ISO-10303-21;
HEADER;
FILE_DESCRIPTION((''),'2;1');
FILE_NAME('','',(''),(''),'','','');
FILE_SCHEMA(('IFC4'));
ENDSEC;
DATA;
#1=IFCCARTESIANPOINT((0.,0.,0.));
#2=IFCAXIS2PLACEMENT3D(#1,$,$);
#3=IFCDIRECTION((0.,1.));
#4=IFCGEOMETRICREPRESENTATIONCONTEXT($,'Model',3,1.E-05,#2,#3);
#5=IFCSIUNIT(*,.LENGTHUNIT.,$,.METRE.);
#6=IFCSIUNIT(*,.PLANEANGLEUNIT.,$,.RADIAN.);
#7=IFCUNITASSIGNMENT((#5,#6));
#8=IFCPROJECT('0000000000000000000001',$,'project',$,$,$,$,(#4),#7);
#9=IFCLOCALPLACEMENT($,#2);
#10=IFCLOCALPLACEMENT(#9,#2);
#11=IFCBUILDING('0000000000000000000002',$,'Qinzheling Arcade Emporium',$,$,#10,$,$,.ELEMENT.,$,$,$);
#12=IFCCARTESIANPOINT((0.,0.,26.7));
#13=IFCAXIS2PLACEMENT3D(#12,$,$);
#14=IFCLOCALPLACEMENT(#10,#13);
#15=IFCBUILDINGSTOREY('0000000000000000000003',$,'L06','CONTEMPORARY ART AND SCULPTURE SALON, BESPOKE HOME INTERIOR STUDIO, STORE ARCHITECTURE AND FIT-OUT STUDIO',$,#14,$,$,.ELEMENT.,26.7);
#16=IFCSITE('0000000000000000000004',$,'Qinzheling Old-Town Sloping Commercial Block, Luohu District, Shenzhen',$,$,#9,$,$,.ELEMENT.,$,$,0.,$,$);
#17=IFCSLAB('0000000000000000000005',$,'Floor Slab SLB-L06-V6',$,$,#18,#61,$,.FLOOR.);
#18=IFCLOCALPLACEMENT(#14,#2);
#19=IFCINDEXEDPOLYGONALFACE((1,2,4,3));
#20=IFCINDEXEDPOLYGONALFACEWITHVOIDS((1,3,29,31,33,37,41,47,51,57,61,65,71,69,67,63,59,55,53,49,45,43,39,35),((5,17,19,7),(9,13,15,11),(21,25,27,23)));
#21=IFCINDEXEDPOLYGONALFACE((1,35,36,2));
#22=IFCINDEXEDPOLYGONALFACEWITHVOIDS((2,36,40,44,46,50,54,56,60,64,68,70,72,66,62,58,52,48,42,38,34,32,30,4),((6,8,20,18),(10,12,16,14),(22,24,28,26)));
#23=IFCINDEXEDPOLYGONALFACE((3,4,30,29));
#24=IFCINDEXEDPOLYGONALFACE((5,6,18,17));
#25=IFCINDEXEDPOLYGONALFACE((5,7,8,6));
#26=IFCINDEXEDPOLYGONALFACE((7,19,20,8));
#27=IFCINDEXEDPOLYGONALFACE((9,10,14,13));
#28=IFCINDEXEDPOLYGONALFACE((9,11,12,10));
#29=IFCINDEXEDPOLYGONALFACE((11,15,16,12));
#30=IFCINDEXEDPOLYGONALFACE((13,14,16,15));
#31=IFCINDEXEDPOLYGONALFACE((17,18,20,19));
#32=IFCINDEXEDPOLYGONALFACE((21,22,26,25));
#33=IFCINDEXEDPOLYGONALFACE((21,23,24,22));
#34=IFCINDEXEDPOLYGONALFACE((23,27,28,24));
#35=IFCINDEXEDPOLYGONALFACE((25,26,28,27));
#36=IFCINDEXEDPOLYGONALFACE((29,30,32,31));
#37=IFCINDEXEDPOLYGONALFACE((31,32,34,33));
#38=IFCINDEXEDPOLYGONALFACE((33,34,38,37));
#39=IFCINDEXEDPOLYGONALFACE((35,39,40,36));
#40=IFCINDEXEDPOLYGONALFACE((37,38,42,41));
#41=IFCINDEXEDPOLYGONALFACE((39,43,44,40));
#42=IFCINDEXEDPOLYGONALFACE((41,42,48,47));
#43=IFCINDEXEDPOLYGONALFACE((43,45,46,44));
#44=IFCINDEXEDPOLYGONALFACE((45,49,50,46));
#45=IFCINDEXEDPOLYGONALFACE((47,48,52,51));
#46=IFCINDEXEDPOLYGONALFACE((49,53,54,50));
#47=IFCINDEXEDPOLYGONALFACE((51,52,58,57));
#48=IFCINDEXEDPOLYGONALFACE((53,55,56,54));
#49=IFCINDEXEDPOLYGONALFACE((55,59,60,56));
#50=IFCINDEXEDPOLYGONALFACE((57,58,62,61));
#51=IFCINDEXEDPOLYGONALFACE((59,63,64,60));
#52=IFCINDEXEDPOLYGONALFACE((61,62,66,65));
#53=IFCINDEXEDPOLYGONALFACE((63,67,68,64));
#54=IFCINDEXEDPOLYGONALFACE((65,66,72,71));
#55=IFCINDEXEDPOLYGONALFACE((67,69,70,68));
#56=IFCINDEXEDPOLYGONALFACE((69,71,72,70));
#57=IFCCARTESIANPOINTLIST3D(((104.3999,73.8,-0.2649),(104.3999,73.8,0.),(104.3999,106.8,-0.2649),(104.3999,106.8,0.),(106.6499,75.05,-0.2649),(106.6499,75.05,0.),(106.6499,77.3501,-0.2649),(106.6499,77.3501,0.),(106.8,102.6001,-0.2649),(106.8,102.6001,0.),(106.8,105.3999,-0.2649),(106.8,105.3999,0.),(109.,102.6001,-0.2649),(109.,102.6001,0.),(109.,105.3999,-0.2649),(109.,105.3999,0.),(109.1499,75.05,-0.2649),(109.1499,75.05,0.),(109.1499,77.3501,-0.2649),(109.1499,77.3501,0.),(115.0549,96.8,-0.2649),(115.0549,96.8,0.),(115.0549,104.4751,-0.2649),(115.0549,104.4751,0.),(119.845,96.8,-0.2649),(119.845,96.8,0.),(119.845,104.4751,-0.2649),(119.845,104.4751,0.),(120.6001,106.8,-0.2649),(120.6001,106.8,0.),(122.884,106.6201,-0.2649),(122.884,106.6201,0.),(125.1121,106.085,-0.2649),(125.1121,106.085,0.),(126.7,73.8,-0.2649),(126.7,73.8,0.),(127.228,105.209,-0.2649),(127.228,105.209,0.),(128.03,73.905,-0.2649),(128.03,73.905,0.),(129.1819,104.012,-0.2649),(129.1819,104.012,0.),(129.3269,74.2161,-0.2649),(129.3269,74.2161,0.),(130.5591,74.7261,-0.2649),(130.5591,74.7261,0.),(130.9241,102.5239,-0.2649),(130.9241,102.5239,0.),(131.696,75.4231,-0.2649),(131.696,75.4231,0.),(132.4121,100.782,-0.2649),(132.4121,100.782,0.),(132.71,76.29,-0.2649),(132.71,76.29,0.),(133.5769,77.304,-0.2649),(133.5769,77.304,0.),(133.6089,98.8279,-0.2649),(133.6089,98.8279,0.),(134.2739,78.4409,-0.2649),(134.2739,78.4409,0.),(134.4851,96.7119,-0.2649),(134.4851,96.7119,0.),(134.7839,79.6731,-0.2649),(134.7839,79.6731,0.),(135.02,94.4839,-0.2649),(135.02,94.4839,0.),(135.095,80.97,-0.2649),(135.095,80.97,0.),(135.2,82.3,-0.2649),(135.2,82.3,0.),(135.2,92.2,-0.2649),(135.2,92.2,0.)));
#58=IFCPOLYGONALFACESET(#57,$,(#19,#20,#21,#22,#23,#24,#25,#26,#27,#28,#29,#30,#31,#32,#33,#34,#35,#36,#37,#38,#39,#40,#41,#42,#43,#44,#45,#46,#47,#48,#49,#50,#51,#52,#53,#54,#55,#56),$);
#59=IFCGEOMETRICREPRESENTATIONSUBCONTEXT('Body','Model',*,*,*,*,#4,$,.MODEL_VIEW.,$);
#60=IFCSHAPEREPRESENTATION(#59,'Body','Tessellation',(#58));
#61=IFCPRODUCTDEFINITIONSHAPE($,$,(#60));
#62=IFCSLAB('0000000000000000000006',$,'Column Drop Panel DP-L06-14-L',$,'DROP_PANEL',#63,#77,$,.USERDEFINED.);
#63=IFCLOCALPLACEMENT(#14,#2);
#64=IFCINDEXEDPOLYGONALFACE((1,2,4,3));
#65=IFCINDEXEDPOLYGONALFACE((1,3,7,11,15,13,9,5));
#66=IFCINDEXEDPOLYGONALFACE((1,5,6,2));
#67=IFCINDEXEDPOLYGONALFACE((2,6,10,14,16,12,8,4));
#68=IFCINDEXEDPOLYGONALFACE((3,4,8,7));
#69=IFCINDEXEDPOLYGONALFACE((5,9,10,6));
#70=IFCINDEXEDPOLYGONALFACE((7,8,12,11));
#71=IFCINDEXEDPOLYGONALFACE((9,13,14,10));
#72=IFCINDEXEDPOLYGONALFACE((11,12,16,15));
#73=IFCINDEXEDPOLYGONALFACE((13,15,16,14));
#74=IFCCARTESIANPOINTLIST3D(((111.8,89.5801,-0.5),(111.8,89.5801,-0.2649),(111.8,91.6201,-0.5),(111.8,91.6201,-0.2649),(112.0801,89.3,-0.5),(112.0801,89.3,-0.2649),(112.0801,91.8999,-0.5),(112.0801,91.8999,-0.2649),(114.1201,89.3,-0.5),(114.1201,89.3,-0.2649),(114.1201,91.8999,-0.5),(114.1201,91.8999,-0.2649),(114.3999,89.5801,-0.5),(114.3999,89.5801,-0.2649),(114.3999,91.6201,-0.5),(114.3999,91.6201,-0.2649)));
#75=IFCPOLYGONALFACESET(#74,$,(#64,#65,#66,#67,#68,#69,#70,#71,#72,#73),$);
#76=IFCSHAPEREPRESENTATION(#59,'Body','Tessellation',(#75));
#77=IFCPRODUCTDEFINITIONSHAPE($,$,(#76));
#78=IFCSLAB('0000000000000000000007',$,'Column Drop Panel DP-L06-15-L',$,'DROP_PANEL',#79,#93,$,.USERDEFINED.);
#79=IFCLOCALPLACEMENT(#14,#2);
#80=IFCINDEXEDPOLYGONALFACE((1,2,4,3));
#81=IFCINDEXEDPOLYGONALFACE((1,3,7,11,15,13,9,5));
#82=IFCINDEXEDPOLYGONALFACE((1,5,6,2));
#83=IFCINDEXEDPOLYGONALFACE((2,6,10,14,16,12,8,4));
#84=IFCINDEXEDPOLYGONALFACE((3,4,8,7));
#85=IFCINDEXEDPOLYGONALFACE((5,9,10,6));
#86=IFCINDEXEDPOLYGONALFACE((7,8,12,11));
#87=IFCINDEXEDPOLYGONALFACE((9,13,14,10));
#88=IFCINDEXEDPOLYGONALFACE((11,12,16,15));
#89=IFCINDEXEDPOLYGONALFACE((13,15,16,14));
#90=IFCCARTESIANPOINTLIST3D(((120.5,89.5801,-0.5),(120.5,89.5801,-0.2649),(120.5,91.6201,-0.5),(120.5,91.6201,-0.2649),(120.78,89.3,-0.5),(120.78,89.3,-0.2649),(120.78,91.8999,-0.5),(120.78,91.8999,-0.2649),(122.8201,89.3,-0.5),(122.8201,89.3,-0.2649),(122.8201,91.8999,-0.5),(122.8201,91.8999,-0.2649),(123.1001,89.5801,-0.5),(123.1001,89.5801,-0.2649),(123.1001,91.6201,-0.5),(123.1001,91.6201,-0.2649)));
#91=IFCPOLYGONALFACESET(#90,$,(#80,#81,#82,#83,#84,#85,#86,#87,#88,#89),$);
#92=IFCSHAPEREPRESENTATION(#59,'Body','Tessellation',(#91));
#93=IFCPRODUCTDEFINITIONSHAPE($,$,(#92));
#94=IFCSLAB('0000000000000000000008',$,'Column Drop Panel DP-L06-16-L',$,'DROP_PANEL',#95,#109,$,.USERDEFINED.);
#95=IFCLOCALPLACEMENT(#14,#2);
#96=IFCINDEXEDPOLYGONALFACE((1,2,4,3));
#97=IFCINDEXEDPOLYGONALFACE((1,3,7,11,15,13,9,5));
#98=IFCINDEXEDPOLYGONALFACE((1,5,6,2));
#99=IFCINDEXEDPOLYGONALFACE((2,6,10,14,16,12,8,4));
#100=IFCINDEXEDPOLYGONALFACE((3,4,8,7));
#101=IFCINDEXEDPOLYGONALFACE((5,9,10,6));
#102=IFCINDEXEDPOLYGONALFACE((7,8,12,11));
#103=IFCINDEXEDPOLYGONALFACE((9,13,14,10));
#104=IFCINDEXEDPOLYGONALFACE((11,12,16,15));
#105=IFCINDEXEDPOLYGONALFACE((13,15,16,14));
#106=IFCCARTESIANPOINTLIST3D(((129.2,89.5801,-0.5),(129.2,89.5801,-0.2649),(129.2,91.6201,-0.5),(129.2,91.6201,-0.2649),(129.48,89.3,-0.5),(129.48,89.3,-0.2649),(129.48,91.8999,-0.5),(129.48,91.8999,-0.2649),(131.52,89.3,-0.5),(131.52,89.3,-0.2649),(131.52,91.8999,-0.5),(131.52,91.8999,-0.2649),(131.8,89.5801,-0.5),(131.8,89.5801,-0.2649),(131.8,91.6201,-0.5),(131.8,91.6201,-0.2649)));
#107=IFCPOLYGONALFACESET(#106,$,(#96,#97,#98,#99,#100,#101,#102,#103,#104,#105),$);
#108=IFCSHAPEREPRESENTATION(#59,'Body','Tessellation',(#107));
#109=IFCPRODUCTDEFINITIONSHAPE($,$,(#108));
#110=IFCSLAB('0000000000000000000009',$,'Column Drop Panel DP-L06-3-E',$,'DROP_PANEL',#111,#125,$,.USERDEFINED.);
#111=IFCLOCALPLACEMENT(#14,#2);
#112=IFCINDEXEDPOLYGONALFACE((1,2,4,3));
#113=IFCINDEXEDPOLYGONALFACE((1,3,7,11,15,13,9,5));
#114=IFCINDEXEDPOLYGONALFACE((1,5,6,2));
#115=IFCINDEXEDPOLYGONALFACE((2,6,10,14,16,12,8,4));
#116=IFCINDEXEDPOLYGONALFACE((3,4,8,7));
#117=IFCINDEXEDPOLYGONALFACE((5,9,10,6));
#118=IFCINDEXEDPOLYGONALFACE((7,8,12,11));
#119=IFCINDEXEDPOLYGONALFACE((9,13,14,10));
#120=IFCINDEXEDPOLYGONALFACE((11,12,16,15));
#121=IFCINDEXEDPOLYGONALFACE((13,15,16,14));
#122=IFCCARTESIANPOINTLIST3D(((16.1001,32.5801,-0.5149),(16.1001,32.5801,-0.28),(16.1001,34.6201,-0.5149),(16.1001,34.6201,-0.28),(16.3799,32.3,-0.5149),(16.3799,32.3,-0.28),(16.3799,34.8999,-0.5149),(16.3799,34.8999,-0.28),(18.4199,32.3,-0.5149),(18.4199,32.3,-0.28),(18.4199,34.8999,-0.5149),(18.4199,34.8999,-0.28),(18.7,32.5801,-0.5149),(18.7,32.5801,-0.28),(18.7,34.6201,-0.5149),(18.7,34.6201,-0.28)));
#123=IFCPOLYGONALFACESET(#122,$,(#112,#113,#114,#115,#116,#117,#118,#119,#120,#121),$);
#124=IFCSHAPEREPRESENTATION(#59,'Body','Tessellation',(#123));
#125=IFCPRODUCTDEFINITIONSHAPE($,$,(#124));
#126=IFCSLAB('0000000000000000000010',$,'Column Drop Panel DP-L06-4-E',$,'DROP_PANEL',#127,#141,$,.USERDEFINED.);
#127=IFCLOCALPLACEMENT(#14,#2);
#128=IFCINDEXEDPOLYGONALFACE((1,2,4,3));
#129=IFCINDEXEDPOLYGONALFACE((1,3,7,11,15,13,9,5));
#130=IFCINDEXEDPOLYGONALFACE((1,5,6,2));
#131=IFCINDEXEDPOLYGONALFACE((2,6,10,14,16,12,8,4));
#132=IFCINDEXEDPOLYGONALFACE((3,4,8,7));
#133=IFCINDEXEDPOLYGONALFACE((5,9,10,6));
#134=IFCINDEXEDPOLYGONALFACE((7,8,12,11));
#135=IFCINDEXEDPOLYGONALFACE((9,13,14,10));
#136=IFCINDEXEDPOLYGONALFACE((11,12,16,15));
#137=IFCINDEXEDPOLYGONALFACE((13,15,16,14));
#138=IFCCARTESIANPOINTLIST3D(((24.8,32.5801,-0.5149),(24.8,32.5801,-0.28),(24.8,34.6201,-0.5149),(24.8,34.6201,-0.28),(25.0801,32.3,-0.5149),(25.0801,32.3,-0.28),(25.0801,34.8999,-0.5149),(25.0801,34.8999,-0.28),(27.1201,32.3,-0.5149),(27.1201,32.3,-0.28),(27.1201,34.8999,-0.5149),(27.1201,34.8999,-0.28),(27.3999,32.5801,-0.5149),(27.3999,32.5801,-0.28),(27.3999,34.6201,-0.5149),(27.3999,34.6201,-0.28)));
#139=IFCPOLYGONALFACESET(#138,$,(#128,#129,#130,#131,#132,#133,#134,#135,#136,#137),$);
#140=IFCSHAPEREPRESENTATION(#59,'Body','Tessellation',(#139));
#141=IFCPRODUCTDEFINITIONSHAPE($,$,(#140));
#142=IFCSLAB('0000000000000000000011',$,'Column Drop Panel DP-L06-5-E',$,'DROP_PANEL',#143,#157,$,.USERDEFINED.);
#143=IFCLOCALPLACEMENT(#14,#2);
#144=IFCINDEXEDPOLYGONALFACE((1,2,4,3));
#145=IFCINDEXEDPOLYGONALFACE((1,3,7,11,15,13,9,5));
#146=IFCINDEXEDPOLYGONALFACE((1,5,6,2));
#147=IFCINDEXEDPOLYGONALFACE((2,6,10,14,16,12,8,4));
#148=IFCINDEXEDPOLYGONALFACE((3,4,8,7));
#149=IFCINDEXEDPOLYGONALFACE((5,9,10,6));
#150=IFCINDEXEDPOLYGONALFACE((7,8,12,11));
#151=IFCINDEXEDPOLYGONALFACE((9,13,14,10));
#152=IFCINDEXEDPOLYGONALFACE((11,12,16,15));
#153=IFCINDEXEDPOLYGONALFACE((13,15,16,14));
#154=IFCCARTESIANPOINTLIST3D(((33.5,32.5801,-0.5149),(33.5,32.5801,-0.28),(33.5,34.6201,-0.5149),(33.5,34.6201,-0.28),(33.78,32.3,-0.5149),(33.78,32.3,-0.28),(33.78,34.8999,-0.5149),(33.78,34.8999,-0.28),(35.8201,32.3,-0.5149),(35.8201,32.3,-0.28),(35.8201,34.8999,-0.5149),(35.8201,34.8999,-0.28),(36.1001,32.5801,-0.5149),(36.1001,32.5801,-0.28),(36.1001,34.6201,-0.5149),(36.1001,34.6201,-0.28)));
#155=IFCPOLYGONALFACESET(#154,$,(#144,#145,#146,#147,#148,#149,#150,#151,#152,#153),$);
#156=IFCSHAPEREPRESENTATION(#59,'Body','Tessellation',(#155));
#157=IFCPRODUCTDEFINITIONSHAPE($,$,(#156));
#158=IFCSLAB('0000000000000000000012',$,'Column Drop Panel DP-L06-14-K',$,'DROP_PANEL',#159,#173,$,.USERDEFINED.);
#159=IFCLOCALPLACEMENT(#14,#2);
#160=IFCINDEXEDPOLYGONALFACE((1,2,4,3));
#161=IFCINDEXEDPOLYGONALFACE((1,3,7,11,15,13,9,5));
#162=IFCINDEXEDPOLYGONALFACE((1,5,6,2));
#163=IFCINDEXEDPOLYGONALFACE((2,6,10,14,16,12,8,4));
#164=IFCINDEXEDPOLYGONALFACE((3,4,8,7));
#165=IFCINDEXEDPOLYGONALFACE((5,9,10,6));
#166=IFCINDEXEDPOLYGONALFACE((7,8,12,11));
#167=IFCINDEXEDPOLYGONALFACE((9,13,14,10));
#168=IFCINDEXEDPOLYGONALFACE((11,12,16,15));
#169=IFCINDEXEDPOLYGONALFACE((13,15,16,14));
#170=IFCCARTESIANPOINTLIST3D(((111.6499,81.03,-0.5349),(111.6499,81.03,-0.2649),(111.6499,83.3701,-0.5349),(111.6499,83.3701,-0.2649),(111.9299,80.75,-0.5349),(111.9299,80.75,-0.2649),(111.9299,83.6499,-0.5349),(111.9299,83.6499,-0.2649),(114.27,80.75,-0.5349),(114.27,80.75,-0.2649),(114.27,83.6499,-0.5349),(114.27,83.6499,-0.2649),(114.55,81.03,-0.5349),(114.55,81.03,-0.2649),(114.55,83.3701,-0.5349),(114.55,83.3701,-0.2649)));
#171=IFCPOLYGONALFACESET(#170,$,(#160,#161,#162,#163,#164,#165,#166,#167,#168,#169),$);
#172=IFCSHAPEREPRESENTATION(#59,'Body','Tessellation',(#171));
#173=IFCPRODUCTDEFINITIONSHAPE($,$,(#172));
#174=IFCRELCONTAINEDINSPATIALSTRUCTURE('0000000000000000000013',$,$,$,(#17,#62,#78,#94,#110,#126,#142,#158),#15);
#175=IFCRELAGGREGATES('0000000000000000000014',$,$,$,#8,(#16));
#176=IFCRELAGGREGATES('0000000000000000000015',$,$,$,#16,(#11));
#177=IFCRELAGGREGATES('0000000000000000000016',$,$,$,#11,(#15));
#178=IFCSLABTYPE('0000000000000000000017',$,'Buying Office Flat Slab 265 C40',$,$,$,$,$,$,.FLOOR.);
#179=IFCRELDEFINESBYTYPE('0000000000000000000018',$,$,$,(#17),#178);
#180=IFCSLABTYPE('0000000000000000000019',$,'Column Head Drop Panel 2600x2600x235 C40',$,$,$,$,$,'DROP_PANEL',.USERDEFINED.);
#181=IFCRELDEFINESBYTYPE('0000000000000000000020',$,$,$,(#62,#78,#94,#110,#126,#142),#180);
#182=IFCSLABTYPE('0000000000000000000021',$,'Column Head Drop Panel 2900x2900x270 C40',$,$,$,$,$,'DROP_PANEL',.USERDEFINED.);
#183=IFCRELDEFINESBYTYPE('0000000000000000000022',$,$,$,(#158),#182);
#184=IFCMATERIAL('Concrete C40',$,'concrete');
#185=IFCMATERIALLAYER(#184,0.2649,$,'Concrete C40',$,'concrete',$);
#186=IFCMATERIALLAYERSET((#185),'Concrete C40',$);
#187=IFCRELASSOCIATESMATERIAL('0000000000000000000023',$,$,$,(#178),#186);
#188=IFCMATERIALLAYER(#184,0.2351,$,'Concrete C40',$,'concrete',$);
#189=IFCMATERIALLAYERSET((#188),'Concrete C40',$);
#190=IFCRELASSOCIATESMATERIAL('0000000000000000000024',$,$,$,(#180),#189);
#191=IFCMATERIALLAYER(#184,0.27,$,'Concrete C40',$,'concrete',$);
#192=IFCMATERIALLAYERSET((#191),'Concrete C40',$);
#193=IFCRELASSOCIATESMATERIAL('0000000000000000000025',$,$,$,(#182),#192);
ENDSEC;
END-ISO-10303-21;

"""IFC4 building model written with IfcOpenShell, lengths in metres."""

from ifc_helpers import new_model, si_unit, direction, frame, origin, place, context, subcontext, project, spatial, polyline, outline, extrude, material, layer, layer_set, type_object, element, save


model = new_model("IFC4")

# Units and contexts
model_context = context("Model", 3, precision=1e-05, world=origin(), true_north=direction((0.0, 1.0)))
body_context = subcontext(model_context, "Body", "Model", "MODEL_VIEW")
ifc_project = project(units=[si_unit("LENGTHUNIT", "METRE"), si_unit("PLANEANGLEUNIT", "RADIAN")], contexts=[model_context])

# Site, building, storey
site_placement = place(None, origin())
site = spatial("IfcSite", under=ifc_project, at=site_placement, Name="Qinzheling Old-Town Sloping Commercial Block, Luohu District, Shenzhen", CompositionType="ELEMENT", RefElevation=0.0)
building_placement = place(site_placement, origin())
building = spatial("IfcBuilding", under=site, at=building_placement, Name="Qinzheling Arcade Emporium", CompositionType="ELEMENT")
storey_placement = place(building_placement, frame((0.0, 0.0, 26.7)))
storey = spatial("IfcBuildingStorey", under=building, at=storey_placement, Name="L06", Description="CONTEMPORARY ART AND SCULPTURE SALON, BESPOKE HOME INTERIOR STUDIO, STORE ARCHITECTURE AND FIT-OUT STUDIO", CompositionType="ELEMENT", Elevation=26.7)

# Slabs
ifc_material_1 = material(Name="Concrete C40", Category="concrete")
ifc_layer_1 = layer(ifc_material_1, 0.2649, Name="Concrete C40", Category="concrete")
ifc_layer_set_1 = layer_set([ifc_layer_1], Name="Concrete C40")
slab_type_1 = type_object("IfcSlabType", Name="Buying Office Flat Slab 265 C40", PredefinedType="FLOOR", material=ifc_layer_set_1)
slab_1_placement = place(storey_placement, frame((0.0, 0.0, -0.2649)))
element("IfcSlab", 1, at=slab_1_placement, inside=storey, type_object=slab_type_1, Name="Floor Slab SLB-L06-V6", PredefinedType="FLOOR", context=body_context, shape_type="SweptSolid", body=[
    extrude(outline(polyline([(104.3999, 106.8), (104.3999, 73.8), (126.7, 73.8), (128.03, 73.905), (129.3269, 74.2161), (130.5591, 74.7261), (131.696, 75.4231), (132.71, 76.29), (133.5769, 77.304), (134.2739, 78.4409), (134.7839, 79.6731), (135.095, 80.97), (135.2, 82.3), (135.2, 92.2), (135.02, 94.4839), (134.4851, 96.7119), (133.6089, 98.8279), (132.4121, 100.782), (130.9241, 102.5239), (129.1819, 104.012), (127.228, 105.209), (125.1121, 106.085), (122.884, 106.6201), (120.6001, 106.8), (104.3999, 106.8)]), holes=[polyline([(119.845, 96.8), (115.0549, 96.8), (115.0549, 104.4751), (119.845, 104.4751), (119.845, 96.8)]), polyline([(109.1499, 75.05), (106.6499, 75.05), (106.6499, 77.3501), (109.1499, 77.3501), (109.1499, 75.05)]), polyline([(109.0, 102.6001), (106.8, 102.6001), (106.8, 105.3999), (109.0, 105.3999), (109.0, 102.6001)])]), origin(), (0.0, 0.0, 1.0), 0.2649),
])
ifc_layer_2 = layer(ifc_material_1, 0.2351, Name="Concrete C40", Category="concrete")
ifc_layer_set_2 = layer_set([ifc_layer_2], Name="Concrete C40")
slab_type_2 = type_object("IfcSlabType", Name="Column Head Drop Panel 2600x2600x235 C40", ElementType="DROP_PANEL", PredefinedType="USERDEFINED", material=ifc_layer_set_2)
slab_2_placement = place(storey_placement, frame((0.0, 0.0, -0.5)))
element("IfcSlab", 2, at=slab_2_placement, inside=storey, type_object=slab_type_2, Name="Column Drop Panel DP-L06-14-L", ObjectType="DROP_PANEL", PredefinedType="USERDEFINED", context=body_context, shape_type="SweptSolid", body=[
    extrude(outline(polyline([(112.0801, 89.3), (114.1201, 89.3), (114.3999, 89.5801), (114.3999, 91.6201), (114.1201, 91.8999), (112.0801, 91.8999), (111.8, 91.6201), (111.8, 89.5801), (112.0801, 89.3)])), origin(), (0.0, 0.0, 1.0), 0.2351),
])
slab_3_placement = place(storey_placement, frame((0.0, 0.0, -0.5)))
element("IfcSlab", 3, at=slab_3_placement, inside=storey, type_object=slab_type_2, Name="Column Drop Panel DP-L06-15-L", ObjectType="DROP_PANEL", PredefinedType="USERDEFINED", context=body_context, shape_type="SweptSolid", body=[
    extrude(outline(polyline([(120.78, 89.3), (122.8201, 89.3), (123.1001, 89.5801), (123.1001, 91.6201), (122.8201, 91.8999), (120.78, 91.8999), (120.5, 91.6201), (120.5, 89.5801), (120.78, 89.3)])), origin(), (0.0, 0.0, 1.0), 0.2351),
])
slab_4_placement = place(storey_placement, frame((0.0, 0.0, -0.5)))
element("IfcSlab", 4, at=slab_4_placement, inside=storey, type_object=slab_type_2, Name="Column Drop Panel DP-L06-16-L", ObjectType="DROP_PANEL", PredefinedType="USERDEFINED", context=body_context, shape_type="SweptSolid", body=[
    extrude(outline(polyline([(129.48, 89.3), (131.52, 89.3), (131.8, 89.5801), (131.8, 91.6201), (131.52, 91.8999), (129.48, 91.8999), (129.2, 91.6201), (129.2, 89.5801), (129.48, 89.3)])), origin(), (0.0, 0.0, 1.0), 0.2351),
])
slab_5_placement = place(storey_placement, frame((0.0, 0.0, -0.5149)))
element("IfcSlab", 5, at=slab_5_placement, inside=storey, type_object=slab_type_2, Name="Column Drop Panel DP-L06-3-E", ObjectType="DROP_PANEL", PredefinedType="USERDEFINED", context=body_context, shape_type="SweptSolid", body=[
    extrude(outline(polyline([(16.3799, 32.3), (18.4199, 32.3), (18.7, 32.5801), (18.7, 34.6201), (18.4199, 34.8999), (16.3799, 34.8999), (16.1001, 34.6201), (16.1001, 32.5801), (16.3799, 32.3)])), origin(), (0.0, 0.0, 1.0), 0.2349),
])
slab_6_placement = place(storey_placement, frame((0.0, 0.0, -0.5149)))
element("IfcSlab", 6, at=slab_6_placement, inside=storey, type_object=slab_type_2, Name="Column Drop Panel DP-L06-4-E", ObjectType="DROP_PANEL", PredefinedType="USERDEFINED", context=body_context, shape_type="SweptSolid", body=[
    extrude(outline(polyline([(25.0801, 32.3), (27.1201, 32.3), (27.3999, 32.5801), (27.3999, 34.6201), (27.1201, 34.8999), (25.0801, 34.8999), (24.8, 34.6201), (24.8, 32.5801), (25.0801, 32.3)])), origin(), (0.0, 0.0, 1.0), 0.2349),
])
slab_7_placement = place(storey_placement, frame((0.0, 0.0, -0.5149)))
element("IfcSlab", 7, at=slab_7_placement, inside=storey, type_object=slab_type_2, Name="Column Drop Panel DP-L06-5-E", ObjectType="DROP_PANEL", PredefinedType="USERDEFINED", context=body_context, shape_type="SweptSolid", body=[
    extrude(outline(polyline([(33.78, 32.3), (35.8201, 32.3), (36.1001, 32.5801), (36.1001, 34.6201), (35.8201, 34.8999), (33.78, 34.8999), (33.5, 34.6201), (33.5, 32.5801), (33.78, 32.3)])), origin(), (0.0, 0.0, 1.0), 0.2349),
])
ifc_layer_3 = layer(ifc_material_1, 0.27, Name="Concrete C40", Category="concrete")
ifc_layer_set_3 = layer_set([ifc_layer_3], Name="Concrete C40")
slab_type_3 = type_object("IfcSlabType", Name="Column Head Drop Panel 2900x2900x270 C40", ElementType="DROP_PANEL", PredefinedType="USERDEFINED", material=ifc_layer_set_3)
slab_8_placement = place(storey_placement, frame((0.0, 0.0, -0.5349)))
element("IfcSlab", 8, at=slab_8_placement, inside=storey, type_object=slab_type_3, Name="Column Drop Panel DP-L06-14-K", ObjectType="DROP_PANEL", PredefinedType="USERDEFINED", context=body_context, shape_type="SweptSolid", body=[
    extrude(outline(polyline([(111.9299, 80.75), (114.27, 80.75), (114.55, 81.03), (114.55, 83.3701), (114.27, 83.6499), (111.9299, 83.6499), (111.6499, 83.3701), (111.6499, 81.03), (111.9299, 80.75)])), origin(), (0.0, 0.0, 1.0), 0.27),
])

save(model, "model.ifc")
